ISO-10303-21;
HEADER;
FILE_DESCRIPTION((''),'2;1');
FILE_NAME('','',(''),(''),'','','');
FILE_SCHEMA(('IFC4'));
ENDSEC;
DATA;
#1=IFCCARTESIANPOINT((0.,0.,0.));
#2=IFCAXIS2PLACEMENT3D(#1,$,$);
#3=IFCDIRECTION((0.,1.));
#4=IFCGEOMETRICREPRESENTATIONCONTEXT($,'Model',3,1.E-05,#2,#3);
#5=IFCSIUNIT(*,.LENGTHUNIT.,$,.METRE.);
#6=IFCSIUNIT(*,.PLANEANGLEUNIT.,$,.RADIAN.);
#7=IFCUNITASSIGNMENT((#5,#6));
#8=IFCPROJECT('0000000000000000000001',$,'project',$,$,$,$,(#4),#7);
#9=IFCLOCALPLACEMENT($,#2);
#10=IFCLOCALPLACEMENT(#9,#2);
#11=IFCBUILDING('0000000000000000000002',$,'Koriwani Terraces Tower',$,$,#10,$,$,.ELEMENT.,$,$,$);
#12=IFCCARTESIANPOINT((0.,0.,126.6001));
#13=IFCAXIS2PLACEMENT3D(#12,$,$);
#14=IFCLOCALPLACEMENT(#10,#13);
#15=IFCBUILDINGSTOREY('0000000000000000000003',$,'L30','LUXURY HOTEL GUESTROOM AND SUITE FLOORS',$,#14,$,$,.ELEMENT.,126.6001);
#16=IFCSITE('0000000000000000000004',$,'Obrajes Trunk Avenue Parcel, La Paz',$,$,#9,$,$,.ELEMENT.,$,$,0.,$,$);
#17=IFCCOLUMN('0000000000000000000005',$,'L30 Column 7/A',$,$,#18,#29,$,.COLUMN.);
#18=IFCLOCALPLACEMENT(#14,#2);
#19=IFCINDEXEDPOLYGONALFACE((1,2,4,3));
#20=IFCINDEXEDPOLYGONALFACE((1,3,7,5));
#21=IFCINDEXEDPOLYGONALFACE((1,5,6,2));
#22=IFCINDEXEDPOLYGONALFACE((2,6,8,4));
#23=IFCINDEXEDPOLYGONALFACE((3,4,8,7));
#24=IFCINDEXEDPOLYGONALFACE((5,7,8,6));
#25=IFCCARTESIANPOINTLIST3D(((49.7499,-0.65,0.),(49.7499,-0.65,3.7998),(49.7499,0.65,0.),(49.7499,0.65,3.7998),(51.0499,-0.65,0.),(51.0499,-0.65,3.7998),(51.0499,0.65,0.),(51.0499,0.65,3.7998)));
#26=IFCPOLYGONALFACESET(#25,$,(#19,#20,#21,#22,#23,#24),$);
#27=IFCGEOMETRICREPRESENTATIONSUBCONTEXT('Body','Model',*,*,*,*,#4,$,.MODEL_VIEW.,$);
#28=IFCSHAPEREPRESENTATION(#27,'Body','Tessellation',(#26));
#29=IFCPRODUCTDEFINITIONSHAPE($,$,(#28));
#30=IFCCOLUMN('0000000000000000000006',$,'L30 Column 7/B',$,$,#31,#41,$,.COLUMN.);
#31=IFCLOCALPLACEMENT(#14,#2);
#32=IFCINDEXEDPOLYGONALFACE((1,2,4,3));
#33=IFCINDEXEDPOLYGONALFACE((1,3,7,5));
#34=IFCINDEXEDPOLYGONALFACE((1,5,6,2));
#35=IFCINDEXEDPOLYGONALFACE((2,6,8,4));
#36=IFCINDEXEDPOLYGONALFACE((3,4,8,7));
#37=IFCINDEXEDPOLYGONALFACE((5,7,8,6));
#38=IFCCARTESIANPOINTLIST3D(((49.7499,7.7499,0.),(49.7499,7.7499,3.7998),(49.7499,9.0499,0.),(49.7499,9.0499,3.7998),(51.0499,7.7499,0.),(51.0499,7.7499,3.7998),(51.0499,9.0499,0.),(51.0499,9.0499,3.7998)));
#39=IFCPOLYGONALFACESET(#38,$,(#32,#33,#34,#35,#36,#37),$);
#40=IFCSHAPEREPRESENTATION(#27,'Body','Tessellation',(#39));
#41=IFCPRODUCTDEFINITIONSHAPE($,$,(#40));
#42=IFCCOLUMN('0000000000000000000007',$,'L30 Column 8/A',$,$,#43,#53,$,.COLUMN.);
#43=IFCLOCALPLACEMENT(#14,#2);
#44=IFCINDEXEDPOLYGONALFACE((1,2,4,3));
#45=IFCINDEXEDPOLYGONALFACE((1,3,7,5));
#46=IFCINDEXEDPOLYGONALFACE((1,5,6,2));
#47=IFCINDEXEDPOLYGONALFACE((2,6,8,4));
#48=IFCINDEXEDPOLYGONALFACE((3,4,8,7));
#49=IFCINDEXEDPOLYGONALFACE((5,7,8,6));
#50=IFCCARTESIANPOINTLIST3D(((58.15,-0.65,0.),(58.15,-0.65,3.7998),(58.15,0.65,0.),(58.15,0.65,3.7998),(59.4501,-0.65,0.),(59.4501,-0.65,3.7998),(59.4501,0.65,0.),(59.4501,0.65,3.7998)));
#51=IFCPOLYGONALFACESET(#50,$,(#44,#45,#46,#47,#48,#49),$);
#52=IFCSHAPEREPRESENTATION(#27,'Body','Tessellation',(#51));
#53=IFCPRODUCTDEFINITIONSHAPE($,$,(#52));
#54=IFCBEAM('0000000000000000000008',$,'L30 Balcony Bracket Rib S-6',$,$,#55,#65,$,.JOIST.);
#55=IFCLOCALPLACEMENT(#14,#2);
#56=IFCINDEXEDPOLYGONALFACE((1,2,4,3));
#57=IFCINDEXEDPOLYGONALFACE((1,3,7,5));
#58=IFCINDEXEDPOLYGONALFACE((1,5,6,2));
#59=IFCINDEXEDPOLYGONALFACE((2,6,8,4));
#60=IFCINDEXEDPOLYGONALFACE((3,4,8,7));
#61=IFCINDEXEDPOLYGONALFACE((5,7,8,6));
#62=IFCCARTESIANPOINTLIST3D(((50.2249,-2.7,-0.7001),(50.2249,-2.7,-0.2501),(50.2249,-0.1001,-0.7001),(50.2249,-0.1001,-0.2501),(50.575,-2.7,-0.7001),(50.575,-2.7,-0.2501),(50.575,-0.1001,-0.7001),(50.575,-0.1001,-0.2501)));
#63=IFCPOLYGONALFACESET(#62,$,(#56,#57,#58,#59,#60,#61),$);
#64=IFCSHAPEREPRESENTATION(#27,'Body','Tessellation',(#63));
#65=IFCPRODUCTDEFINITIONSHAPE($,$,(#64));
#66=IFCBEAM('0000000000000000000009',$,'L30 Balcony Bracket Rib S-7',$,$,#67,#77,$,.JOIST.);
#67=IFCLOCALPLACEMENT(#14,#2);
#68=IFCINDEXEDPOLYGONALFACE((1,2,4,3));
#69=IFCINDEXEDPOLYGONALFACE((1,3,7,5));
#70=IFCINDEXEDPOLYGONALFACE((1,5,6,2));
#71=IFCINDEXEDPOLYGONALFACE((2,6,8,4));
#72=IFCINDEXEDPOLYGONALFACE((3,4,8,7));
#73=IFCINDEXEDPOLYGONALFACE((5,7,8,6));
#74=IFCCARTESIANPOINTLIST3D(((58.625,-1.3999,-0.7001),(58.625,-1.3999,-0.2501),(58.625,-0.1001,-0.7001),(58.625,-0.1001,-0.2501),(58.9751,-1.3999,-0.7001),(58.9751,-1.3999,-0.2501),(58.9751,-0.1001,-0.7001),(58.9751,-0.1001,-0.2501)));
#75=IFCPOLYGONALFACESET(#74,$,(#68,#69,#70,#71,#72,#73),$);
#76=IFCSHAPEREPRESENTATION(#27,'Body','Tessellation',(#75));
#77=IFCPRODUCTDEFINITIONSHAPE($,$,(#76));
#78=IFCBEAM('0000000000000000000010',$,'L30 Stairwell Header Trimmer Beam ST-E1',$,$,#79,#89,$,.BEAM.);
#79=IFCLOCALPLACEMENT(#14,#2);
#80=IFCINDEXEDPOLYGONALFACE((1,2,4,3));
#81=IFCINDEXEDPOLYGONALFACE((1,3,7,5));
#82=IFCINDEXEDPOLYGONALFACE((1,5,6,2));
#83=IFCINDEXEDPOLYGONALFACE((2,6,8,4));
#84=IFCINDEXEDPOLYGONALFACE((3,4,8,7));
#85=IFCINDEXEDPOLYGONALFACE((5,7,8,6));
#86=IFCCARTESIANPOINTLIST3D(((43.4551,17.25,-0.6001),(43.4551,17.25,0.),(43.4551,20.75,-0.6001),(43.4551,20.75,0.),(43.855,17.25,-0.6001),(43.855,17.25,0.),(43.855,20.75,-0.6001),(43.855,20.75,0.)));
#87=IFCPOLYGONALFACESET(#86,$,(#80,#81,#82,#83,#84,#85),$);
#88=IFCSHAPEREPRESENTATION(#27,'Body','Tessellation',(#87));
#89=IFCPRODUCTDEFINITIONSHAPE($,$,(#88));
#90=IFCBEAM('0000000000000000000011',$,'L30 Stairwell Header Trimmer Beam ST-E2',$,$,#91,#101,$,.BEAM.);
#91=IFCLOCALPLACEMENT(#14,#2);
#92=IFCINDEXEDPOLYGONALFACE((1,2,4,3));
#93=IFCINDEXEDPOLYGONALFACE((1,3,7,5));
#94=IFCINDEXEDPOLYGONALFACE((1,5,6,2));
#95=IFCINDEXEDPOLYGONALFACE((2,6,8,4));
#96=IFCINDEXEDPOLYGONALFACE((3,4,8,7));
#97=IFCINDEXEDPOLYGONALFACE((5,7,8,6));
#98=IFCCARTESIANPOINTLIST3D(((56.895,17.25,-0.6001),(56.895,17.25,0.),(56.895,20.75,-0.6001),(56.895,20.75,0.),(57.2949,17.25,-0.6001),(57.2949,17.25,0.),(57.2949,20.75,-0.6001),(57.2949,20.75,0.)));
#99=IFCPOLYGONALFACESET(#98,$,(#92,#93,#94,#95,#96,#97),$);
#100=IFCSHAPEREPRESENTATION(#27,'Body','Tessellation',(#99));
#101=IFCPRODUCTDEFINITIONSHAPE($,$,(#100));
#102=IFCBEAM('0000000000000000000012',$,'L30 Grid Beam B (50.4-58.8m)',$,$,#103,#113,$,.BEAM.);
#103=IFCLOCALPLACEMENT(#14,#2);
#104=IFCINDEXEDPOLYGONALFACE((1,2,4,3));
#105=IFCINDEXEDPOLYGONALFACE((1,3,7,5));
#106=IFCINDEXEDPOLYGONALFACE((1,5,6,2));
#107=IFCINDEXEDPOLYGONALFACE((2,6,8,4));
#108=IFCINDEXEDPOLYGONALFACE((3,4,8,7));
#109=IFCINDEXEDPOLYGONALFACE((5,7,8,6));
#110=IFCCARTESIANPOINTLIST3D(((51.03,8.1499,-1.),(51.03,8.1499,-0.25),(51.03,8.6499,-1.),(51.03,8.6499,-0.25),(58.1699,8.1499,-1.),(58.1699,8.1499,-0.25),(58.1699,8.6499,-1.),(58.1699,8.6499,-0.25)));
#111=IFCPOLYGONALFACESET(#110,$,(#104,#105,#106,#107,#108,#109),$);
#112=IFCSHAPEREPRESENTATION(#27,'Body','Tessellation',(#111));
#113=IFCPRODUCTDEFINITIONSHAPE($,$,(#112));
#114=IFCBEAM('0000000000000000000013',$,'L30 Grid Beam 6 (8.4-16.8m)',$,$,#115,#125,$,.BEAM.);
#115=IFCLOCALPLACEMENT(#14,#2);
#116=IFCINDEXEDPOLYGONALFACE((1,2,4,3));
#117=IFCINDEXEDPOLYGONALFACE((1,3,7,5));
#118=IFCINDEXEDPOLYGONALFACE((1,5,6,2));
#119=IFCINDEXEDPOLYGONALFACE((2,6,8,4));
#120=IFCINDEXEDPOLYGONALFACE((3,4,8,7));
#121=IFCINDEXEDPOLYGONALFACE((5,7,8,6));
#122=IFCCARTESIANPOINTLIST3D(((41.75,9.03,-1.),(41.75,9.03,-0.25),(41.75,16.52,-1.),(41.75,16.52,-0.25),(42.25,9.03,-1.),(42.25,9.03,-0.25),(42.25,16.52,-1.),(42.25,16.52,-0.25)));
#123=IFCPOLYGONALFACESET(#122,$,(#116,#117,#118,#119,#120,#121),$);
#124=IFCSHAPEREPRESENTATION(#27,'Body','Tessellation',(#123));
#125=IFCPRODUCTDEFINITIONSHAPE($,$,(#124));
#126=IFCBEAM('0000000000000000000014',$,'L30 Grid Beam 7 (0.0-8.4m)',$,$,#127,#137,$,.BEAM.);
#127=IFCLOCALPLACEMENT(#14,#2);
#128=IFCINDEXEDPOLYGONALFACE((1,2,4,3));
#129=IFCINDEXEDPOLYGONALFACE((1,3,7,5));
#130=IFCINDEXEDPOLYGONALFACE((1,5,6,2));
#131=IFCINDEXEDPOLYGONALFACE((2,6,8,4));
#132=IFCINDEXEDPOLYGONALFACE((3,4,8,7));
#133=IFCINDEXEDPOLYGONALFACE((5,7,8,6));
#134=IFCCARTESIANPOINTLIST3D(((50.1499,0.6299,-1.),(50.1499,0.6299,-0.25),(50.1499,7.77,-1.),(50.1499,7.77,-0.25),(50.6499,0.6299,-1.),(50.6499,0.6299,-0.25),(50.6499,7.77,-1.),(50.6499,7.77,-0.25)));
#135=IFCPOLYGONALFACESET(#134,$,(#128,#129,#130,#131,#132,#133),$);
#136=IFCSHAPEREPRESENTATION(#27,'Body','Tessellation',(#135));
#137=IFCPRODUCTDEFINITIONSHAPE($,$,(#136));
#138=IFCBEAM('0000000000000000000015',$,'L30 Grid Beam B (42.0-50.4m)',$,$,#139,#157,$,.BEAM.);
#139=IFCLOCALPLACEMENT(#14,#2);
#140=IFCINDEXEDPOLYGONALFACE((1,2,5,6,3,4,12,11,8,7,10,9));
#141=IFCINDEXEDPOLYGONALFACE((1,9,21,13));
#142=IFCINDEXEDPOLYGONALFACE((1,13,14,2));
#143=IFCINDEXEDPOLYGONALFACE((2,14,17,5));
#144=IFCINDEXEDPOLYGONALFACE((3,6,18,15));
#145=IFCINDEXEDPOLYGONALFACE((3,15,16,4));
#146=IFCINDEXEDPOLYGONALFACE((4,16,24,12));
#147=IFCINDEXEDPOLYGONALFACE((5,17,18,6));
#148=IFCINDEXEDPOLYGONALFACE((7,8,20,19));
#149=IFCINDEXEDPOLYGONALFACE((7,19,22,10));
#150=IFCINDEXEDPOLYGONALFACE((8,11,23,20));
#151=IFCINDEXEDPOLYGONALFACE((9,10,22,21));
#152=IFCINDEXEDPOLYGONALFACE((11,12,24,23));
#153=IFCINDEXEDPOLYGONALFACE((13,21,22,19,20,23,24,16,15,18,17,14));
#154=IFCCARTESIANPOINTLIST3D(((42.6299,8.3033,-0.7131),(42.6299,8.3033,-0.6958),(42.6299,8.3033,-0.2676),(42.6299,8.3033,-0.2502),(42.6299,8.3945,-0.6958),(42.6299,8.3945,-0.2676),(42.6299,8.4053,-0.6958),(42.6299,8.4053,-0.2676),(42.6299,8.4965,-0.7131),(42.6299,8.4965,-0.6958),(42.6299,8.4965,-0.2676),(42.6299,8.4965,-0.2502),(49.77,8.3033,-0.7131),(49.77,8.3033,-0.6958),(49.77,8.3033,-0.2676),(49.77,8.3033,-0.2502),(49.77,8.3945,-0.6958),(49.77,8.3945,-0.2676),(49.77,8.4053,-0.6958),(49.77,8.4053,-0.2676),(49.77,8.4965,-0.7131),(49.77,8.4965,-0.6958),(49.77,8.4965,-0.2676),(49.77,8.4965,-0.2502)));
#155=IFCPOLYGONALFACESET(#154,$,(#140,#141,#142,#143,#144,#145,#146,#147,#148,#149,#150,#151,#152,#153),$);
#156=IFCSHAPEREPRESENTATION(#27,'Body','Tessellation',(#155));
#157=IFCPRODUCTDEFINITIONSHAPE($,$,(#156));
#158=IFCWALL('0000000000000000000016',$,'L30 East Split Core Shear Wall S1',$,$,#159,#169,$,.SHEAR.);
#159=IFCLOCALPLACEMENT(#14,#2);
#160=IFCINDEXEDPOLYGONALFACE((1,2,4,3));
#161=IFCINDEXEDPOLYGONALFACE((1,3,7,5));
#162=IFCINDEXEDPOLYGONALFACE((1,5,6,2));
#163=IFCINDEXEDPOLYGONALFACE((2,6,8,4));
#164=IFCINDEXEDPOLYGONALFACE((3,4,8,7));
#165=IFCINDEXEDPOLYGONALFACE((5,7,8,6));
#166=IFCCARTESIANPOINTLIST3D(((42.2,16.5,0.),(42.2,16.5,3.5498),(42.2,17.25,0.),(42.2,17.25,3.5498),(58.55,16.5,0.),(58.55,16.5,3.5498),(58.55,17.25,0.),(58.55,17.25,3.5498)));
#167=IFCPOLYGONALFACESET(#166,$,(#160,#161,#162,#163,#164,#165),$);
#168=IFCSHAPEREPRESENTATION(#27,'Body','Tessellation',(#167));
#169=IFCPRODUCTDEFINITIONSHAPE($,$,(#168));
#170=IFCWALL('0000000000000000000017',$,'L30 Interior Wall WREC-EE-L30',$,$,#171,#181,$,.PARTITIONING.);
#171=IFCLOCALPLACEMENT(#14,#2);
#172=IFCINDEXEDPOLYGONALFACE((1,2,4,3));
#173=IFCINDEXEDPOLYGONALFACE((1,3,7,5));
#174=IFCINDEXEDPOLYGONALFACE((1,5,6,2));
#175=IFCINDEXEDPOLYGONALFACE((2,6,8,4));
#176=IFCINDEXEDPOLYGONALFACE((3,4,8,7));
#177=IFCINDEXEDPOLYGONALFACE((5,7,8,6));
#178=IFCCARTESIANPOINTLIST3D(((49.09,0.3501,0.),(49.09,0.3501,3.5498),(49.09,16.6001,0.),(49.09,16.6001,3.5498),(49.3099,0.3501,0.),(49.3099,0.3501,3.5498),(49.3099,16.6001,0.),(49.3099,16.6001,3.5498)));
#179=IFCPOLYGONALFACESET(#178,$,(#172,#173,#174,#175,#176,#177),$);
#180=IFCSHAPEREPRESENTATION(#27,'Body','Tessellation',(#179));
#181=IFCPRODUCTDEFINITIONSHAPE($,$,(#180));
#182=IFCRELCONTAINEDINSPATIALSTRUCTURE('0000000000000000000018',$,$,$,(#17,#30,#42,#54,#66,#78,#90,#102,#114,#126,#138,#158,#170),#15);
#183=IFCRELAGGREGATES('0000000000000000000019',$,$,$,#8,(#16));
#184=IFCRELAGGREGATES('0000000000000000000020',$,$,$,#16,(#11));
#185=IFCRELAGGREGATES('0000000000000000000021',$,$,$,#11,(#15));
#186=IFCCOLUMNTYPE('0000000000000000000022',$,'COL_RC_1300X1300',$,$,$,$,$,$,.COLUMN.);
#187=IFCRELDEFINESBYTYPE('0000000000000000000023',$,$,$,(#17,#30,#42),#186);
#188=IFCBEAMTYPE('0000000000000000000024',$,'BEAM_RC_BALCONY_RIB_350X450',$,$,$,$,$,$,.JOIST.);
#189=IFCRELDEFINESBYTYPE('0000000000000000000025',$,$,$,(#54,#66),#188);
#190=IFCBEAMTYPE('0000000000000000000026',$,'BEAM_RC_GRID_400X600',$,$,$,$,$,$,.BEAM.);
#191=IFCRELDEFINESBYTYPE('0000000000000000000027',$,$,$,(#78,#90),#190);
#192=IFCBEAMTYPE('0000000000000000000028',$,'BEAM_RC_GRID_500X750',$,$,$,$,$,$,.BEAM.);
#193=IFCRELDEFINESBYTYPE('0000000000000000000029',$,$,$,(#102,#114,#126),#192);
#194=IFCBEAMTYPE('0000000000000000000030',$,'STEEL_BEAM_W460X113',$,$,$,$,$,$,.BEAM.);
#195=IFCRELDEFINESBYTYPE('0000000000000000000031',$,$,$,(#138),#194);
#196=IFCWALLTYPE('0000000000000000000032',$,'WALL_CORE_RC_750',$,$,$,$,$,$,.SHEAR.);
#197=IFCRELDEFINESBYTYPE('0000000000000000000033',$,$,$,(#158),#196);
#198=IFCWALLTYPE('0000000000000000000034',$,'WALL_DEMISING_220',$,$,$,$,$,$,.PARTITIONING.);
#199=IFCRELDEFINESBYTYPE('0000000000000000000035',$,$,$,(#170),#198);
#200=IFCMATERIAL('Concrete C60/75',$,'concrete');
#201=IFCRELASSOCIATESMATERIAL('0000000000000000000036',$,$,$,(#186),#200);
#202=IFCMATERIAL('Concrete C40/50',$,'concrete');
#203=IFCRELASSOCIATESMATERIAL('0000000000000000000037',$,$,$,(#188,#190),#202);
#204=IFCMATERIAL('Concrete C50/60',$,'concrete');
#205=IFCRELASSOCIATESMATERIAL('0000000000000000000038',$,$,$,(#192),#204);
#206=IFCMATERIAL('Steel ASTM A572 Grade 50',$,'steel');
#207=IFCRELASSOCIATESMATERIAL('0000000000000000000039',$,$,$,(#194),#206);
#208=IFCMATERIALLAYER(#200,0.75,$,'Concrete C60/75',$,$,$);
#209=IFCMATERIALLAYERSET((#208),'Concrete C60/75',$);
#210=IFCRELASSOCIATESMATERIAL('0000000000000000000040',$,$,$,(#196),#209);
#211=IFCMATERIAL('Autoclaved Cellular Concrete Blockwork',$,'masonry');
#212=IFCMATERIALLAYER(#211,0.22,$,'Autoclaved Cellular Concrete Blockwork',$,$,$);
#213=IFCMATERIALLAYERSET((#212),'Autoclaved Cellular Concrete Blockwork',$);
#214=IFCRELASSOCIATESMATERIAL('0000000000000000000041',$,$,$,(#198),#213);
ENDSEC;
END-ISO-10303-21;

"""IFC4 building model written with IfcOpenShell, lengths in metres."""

from ifc_helpers import new_model, si_unit, direction, frame, frame_2d, origin, origin_2d, place, context, subcontext, project, spatial, rectangle, i_section, extrude, material, layer, layer_set, material_profile, profile_set, type_object, element, save


model = new_model("IFC4")

# Units and contexts
model_context = context("Model", 3, precision=1e-05, world=origin(), true_north=direction((0.0, 1.0)))
body_context = subcontext(model_context, "Body", "Model", "MODEL_VIEW")
ifc_project = project(units=[si_unit("LENGTHUNIT", "METRE"), si_unit("PLANEANGLEUNIT", "RADIAN")], contexts=[model_context])

# Site, building, storey
site_placement = place(None, origin())
site = spatial("IfcSite", under=ifc_project, at=site_placement, Name="Obrajes Trunk Avenue Parcel, La Paz", CompositionType="ELEMENT", RefElevation=0.0)
building_placement = place(site_placement, origin())
building = spatial("IfcBuilding", under=site, at=building_placement, Name="Koriwani Terraces Tower", CompositionType="ELEMENT")
storey_placement = place(building_placement, frame((0.0, 0.0, 126.6001)))
storey = spatial("IfcBuildingStorey", under=building, at=storey_placement, Name="L30", Description="LUXURY HOTEL GUESTROOM AND SUITE FLOORS", CompositionType="ELEMENT", Elevation=126.6001)

# Columns
ifc_material_1 = material(Name="Concrete C60/75", Category="concrete")
ifc_material_profile_1 = material_profile(ifc_material_1, rectangle(XDim=1.3, YDim=1.3, at=origin_2d()), Name="Concrete C60/75", Category="LoadBearing")
ifc_profile_set_1 = profile_set([ifc_material_profile_1], Name="Concrete C60/75")
column_type = type_object("IfcColumnType", Name="COL_RC_1300X1300", PredefinedType="COLUMN", material=ifc_profile_set_1)
for number, where, z_axis, x_axis, name in (
    (1, (50.3999, 0.0, 0.0), (0.0, 0.0, 1.0), (1.0, 0.0, 0.0), "L30 Column 7/A"),
    (2, (50.3999, 8.3999, 0.0), (0.0, 0.0, 1.0), (1.0, 0.0, 0.0), "L30 Column 7/B"),
    (3, (58.8, 0.0, 0.0), (0.0, 0.0, 1.0), (1.0, 0.0, 0.0), "L30 Column 8/A"),
):
    element("IfcColumn", number, at=place(storey_placement, frame(where, z_axis=z_axis, x_axis=x_axis)), inside=storey, type_object=column_type, Name=name, PredefinedType="COLUMN", context=body_context, shape_type="SweptSolid", body=[
        extrude(rectangle(XDim=1.3, YDim=1.3, at=origin_2d()), origin(), (0.0, 0.0, 1.0), 3.7998),
    ])

# Beams
ifc_material_2 = material(Name="Concrete C40/50", Category="concrete")
ifc_material_profile_2 = material_profile(ifc_material_2, rectangle(XDim=0.3501, YDim=0.45, at=origin_2d()), Name="Concrete C40/50", Category="LoadBearing")
ifc_profile_set_2 = profile_set([ifc_material_profile_2], Name="Concrete C40/50")
beam_type_1 = type_object("IfcBeamType", Name="BEAM_RC_BALCONY_RIB_350X450", PredefinedType="JOIST", material=ifc_profile_set_2)
beam_1_placement = place(storey_placement, frame((50.3999, -2.7, -0.4751), z_axis=(0.0, 1.0, 0.0), x_axis=(-1.0, 0.0, 0.0)))
element("IfcBeam", 4, at=beam_1_placement, inside=storey, type_object=beam_type_1, Name="L30 Balcony Bracket Rib S-6", PredefinedType="JOIST", context=body_context, shape_type="SweptSolid", body=[
    extrude(rectangle(XDim=0.3501, YDim=0.45, at=origin_2d()), origin(), (0.0, 0.0, 1.0), 2.5999),
])
beam_2_placement = place(storey_placement, frame((58.8, -1.3999, -0.4751), z_axis=(0.0, 1.0, 0.0), x_axis=(-1.0, 0.0, 0.0)))
element("IfcBeam", 5, at=beam_2_placement, inside=storey, type_object=beam_type_1, Name="L30 Balcony Bracket Rib S-7", PredefinedType="JOIST", context=body_context, shape_type="SweptSolid", body=[
    extrude(rectangle(XDim=0.3501, YDim=0.45, at=origin_2d()), origin(), (0.0, 0.0, 1.0), 1.2998),
])
ifc_material_profile_3 = material_profile(ifc_material_2, rectangle(XDim=0.3999, YDim=0.6001, at=origin_2d()), Name="Concrete C40/50", Category="LoadBearing")
ifc_profile_set_3 = profile_set([ifc_material_profile_3], Name="Concrete C40/50")
beam_type_2 = type_object("IfcBeamType", Name="BEAM_RC_GRID_400X600", PredefinedType="BEAM", material=ifc_profile_set_3)
for number, where, z_axis, x_axis, name in (
    (6, (43.655, 17.25, -0.3), (0.0, 1.0, 0.0), (-1.0, 0.0, 0.0), "L30 Stairwell Header Trimmer Beam ST-E1"),
    (7, (57.095, 17.25, -0.3), (0.0, 1.0, 0.0), (-1.0, 0.0, 0.0), "L30 Stairwell Header Trimmer Beam ST-E2"),
):
    element("IfcBeam", number, at=place(storey_placement, frame(where, z_axis=z_axis, x_axis=x_axis)), inside=storey, type_object=beam_type_2, Name=name, PredefinedType="BEAM", context=body_context, shape_type="SweptSolid", body=[
        extrude(rectangle(XDim=0.3999, YDim=0.6001, at=origin_2d()), origin(), (0.0, 0.0, 1.0), 3.5),
    ])
ifc_material_3 = material(Name="Concrete C50/60", Category="concrete")
ifc_material_profile_4 = material_profile(ifc_material_3, rectangle(XDim=0.5, YDim=0.75, at=origin_2d()), Name="Concrete C50/60", Category="LoadBearing")
ifc_profile_set_4 = profile_set([ifc_material_profile_4], Name="Concrete C50/60")
beam_type_3 = type_object("IfcBeamType", Name="BEAM_RC_GRID_500X750", PredefinedType="BEAM", material=ifc_profile_set_4)
beam_3_placement = place(storey_placement, frame((51.03, 8.3999, -0.625), z_axis=(1.0, 0.0, 0.0), x_axis=(0.0, 1.0, 0.0)))
element("IfcBeam", 8, at=beam_3_placement, inside=storey, type_object=beam_type_3, Name="L30 Grid Beam B (50.4-58.8m)", PredefinedType="BEAM", context=body_context, shape_type="SweptSolid", body=[
    extrude(rectangle(XDim=0.5, YDim=0.75, at=origin_2d()), origin(), (0.0, 0.0, 1.0), 7.1399),
])
beam_4_placement = place(storey_placement, frame((42.0, 9.03, -0.625), z_axis=(0.0, 1.0, 0.0), x_axis=(-1.0, 0.0, 0.0)))
element("IfcBeam", 9, at=beam_4_placement, inside=storey, type_object=beam_type_3, Name="L30 Grid Beam 6 (8.4-16.8m)", PredefinedType="BEAM", context=body_context, shape_type="SweptSolid", body=[
    extrude(rectangle(XDim=0.5, YDim=0.75, at=origin_2d()), origin(), (0.0, 0.0, 1.0), 7.49),
])
beam_5_placement = place(storey_placement, frame((50.3999, 0.6299, -0.625), z_axis=(0.0, 1.0, 0.0), x_axis=(-1.0, 0.0, 0.0)))
element("IfcBeam", 10, at=beam_5_placement, inside=storey, type_object=beam_type_3, Name="L30 Grid Beam 7 (0.0-8.4m)", PredefinedType="BEAM", context=body_context, shape_type="SweptSolid", body=[
    extrude(rectangle(XDim=0.5, YDim=0.75, at=origin_2d()), origin(), (0.0, 0.0, 1.0), 7.1401),
])
ifc_material_4 = material(Name="Steel ASTM A572 Grade 50", Category="steel")
ifc_material_profile_5 = material_profile(ifc_material_4, i_section(OverallWidth=0.1931, OverallDepth=0.4629, WebThickness=0.0107, FlangeThickness=0.0173, at=origin_2d()), Name="Steel ASTM A572 Grade 50", Category="LoadBearing")
ifc_profile_set_5 = profile_set([ifc_material_profile_5], Name="Steel ASTM A572 Grade 50")
beam_type_4 = type_object("IfcBeamType", Name="STEEL_BEAM_W460X113", PredefinedType="BEAM", material=ifc_profile_set_5)
beam_6_placement = place(storey_placement, frame((42.6299, 8.3999, -0.4817), z_axis=(1.0, 0.0, 0.0), x_axis=(0.0, 1.0, 0.0)))
element("IfcBeam", 11, at=beam_6_placement, inside=storey, type_object=beam_type_4, Name="L30 Grid Beam B (42.0-50.4m)", PredefinedType="BEAM", context=body_context, shape_type="SweptSolid", body=[
    extrude(i_section(OverallWidth=0.1931, OverallDepth=0.4629, WebThickness=0.0107, FlangeThickness=0.0173, at=origin_2d()), origin(), (0.0, 0.0, 1.0), 7.1401),
])

# Walls
ifc_layer_1 = layer(ifc_material_1, 0.75, Name="Concrete C60/75")
ifc_layer_set_1 = layer_set([ifc_layer_1], Name="Concrete C60/75")
wall_type_1 = type_object("IfcWallType", Name="WALL_CORE_RC_750", PredefinedType="SHEAR", material=ifc_layer_set_1)
wall_1_placement = place(storey_placement, frame((42.2, 16.875, 0.0), z_axis=(0.0, 0.0, 1.0), x_axis=(1.0, 0.0, 0.0)))
element("IfcWall", 12, at=wall_1_placement, inside=storey, type_object=wall_type_1, Name="L30 East Split Core Shear Wall S1", PredefinedType="SHEAR", context=body_context, shape_type="SweptSolid", body=[
    extrude(rectangle(XDim=16.3501, YDim=0.75, at=frame_2d((8.175, 0.0))), origin(), (0.0, 0.0, 1.0), 3.5498),
])
ifc_material_5 = material(Name="Autoclaved Cellular Concrete Blockwork", Category="masonry")
ifc_layer_2 = layer(ifc_material_5, 0.22, Name="Autoclaved Cellular Concrete Blockwork")
ifc_layer_set_2 = layer_set([ifc_layer_2], Name="Autoclaved Cellular Concrete Blockwork")
wall_type_2 = type_object("IfcWallType", Name="WALL_DEMISING_220", PredefinedType="PARTITIONING", material=ifc_layer_set_2)
wall_2_placement = place(storey_placement, frame((49.2, 0.3501, 0.0), z_axis=(0.0, 0.0, 1.0), x_axis=(0.0, 1.0, 0.0)))
element("IfcWall", 13, at=wall_2_placement, inside=storey, type_object=wall_type_2, Name="L30 Interior Wall WREC-EE-L30", PredefinedType="PARTITIONING", context=body_context, shape_type="SweptSolid", body=[
    extrude(rectangle(XDim=16.25, YDim=0.22, at=frame_2d((8.125, 0.0))), origin(), (0.0, 0.0, 1.0), 3.5498),
])

save(model, "model.ifc")
